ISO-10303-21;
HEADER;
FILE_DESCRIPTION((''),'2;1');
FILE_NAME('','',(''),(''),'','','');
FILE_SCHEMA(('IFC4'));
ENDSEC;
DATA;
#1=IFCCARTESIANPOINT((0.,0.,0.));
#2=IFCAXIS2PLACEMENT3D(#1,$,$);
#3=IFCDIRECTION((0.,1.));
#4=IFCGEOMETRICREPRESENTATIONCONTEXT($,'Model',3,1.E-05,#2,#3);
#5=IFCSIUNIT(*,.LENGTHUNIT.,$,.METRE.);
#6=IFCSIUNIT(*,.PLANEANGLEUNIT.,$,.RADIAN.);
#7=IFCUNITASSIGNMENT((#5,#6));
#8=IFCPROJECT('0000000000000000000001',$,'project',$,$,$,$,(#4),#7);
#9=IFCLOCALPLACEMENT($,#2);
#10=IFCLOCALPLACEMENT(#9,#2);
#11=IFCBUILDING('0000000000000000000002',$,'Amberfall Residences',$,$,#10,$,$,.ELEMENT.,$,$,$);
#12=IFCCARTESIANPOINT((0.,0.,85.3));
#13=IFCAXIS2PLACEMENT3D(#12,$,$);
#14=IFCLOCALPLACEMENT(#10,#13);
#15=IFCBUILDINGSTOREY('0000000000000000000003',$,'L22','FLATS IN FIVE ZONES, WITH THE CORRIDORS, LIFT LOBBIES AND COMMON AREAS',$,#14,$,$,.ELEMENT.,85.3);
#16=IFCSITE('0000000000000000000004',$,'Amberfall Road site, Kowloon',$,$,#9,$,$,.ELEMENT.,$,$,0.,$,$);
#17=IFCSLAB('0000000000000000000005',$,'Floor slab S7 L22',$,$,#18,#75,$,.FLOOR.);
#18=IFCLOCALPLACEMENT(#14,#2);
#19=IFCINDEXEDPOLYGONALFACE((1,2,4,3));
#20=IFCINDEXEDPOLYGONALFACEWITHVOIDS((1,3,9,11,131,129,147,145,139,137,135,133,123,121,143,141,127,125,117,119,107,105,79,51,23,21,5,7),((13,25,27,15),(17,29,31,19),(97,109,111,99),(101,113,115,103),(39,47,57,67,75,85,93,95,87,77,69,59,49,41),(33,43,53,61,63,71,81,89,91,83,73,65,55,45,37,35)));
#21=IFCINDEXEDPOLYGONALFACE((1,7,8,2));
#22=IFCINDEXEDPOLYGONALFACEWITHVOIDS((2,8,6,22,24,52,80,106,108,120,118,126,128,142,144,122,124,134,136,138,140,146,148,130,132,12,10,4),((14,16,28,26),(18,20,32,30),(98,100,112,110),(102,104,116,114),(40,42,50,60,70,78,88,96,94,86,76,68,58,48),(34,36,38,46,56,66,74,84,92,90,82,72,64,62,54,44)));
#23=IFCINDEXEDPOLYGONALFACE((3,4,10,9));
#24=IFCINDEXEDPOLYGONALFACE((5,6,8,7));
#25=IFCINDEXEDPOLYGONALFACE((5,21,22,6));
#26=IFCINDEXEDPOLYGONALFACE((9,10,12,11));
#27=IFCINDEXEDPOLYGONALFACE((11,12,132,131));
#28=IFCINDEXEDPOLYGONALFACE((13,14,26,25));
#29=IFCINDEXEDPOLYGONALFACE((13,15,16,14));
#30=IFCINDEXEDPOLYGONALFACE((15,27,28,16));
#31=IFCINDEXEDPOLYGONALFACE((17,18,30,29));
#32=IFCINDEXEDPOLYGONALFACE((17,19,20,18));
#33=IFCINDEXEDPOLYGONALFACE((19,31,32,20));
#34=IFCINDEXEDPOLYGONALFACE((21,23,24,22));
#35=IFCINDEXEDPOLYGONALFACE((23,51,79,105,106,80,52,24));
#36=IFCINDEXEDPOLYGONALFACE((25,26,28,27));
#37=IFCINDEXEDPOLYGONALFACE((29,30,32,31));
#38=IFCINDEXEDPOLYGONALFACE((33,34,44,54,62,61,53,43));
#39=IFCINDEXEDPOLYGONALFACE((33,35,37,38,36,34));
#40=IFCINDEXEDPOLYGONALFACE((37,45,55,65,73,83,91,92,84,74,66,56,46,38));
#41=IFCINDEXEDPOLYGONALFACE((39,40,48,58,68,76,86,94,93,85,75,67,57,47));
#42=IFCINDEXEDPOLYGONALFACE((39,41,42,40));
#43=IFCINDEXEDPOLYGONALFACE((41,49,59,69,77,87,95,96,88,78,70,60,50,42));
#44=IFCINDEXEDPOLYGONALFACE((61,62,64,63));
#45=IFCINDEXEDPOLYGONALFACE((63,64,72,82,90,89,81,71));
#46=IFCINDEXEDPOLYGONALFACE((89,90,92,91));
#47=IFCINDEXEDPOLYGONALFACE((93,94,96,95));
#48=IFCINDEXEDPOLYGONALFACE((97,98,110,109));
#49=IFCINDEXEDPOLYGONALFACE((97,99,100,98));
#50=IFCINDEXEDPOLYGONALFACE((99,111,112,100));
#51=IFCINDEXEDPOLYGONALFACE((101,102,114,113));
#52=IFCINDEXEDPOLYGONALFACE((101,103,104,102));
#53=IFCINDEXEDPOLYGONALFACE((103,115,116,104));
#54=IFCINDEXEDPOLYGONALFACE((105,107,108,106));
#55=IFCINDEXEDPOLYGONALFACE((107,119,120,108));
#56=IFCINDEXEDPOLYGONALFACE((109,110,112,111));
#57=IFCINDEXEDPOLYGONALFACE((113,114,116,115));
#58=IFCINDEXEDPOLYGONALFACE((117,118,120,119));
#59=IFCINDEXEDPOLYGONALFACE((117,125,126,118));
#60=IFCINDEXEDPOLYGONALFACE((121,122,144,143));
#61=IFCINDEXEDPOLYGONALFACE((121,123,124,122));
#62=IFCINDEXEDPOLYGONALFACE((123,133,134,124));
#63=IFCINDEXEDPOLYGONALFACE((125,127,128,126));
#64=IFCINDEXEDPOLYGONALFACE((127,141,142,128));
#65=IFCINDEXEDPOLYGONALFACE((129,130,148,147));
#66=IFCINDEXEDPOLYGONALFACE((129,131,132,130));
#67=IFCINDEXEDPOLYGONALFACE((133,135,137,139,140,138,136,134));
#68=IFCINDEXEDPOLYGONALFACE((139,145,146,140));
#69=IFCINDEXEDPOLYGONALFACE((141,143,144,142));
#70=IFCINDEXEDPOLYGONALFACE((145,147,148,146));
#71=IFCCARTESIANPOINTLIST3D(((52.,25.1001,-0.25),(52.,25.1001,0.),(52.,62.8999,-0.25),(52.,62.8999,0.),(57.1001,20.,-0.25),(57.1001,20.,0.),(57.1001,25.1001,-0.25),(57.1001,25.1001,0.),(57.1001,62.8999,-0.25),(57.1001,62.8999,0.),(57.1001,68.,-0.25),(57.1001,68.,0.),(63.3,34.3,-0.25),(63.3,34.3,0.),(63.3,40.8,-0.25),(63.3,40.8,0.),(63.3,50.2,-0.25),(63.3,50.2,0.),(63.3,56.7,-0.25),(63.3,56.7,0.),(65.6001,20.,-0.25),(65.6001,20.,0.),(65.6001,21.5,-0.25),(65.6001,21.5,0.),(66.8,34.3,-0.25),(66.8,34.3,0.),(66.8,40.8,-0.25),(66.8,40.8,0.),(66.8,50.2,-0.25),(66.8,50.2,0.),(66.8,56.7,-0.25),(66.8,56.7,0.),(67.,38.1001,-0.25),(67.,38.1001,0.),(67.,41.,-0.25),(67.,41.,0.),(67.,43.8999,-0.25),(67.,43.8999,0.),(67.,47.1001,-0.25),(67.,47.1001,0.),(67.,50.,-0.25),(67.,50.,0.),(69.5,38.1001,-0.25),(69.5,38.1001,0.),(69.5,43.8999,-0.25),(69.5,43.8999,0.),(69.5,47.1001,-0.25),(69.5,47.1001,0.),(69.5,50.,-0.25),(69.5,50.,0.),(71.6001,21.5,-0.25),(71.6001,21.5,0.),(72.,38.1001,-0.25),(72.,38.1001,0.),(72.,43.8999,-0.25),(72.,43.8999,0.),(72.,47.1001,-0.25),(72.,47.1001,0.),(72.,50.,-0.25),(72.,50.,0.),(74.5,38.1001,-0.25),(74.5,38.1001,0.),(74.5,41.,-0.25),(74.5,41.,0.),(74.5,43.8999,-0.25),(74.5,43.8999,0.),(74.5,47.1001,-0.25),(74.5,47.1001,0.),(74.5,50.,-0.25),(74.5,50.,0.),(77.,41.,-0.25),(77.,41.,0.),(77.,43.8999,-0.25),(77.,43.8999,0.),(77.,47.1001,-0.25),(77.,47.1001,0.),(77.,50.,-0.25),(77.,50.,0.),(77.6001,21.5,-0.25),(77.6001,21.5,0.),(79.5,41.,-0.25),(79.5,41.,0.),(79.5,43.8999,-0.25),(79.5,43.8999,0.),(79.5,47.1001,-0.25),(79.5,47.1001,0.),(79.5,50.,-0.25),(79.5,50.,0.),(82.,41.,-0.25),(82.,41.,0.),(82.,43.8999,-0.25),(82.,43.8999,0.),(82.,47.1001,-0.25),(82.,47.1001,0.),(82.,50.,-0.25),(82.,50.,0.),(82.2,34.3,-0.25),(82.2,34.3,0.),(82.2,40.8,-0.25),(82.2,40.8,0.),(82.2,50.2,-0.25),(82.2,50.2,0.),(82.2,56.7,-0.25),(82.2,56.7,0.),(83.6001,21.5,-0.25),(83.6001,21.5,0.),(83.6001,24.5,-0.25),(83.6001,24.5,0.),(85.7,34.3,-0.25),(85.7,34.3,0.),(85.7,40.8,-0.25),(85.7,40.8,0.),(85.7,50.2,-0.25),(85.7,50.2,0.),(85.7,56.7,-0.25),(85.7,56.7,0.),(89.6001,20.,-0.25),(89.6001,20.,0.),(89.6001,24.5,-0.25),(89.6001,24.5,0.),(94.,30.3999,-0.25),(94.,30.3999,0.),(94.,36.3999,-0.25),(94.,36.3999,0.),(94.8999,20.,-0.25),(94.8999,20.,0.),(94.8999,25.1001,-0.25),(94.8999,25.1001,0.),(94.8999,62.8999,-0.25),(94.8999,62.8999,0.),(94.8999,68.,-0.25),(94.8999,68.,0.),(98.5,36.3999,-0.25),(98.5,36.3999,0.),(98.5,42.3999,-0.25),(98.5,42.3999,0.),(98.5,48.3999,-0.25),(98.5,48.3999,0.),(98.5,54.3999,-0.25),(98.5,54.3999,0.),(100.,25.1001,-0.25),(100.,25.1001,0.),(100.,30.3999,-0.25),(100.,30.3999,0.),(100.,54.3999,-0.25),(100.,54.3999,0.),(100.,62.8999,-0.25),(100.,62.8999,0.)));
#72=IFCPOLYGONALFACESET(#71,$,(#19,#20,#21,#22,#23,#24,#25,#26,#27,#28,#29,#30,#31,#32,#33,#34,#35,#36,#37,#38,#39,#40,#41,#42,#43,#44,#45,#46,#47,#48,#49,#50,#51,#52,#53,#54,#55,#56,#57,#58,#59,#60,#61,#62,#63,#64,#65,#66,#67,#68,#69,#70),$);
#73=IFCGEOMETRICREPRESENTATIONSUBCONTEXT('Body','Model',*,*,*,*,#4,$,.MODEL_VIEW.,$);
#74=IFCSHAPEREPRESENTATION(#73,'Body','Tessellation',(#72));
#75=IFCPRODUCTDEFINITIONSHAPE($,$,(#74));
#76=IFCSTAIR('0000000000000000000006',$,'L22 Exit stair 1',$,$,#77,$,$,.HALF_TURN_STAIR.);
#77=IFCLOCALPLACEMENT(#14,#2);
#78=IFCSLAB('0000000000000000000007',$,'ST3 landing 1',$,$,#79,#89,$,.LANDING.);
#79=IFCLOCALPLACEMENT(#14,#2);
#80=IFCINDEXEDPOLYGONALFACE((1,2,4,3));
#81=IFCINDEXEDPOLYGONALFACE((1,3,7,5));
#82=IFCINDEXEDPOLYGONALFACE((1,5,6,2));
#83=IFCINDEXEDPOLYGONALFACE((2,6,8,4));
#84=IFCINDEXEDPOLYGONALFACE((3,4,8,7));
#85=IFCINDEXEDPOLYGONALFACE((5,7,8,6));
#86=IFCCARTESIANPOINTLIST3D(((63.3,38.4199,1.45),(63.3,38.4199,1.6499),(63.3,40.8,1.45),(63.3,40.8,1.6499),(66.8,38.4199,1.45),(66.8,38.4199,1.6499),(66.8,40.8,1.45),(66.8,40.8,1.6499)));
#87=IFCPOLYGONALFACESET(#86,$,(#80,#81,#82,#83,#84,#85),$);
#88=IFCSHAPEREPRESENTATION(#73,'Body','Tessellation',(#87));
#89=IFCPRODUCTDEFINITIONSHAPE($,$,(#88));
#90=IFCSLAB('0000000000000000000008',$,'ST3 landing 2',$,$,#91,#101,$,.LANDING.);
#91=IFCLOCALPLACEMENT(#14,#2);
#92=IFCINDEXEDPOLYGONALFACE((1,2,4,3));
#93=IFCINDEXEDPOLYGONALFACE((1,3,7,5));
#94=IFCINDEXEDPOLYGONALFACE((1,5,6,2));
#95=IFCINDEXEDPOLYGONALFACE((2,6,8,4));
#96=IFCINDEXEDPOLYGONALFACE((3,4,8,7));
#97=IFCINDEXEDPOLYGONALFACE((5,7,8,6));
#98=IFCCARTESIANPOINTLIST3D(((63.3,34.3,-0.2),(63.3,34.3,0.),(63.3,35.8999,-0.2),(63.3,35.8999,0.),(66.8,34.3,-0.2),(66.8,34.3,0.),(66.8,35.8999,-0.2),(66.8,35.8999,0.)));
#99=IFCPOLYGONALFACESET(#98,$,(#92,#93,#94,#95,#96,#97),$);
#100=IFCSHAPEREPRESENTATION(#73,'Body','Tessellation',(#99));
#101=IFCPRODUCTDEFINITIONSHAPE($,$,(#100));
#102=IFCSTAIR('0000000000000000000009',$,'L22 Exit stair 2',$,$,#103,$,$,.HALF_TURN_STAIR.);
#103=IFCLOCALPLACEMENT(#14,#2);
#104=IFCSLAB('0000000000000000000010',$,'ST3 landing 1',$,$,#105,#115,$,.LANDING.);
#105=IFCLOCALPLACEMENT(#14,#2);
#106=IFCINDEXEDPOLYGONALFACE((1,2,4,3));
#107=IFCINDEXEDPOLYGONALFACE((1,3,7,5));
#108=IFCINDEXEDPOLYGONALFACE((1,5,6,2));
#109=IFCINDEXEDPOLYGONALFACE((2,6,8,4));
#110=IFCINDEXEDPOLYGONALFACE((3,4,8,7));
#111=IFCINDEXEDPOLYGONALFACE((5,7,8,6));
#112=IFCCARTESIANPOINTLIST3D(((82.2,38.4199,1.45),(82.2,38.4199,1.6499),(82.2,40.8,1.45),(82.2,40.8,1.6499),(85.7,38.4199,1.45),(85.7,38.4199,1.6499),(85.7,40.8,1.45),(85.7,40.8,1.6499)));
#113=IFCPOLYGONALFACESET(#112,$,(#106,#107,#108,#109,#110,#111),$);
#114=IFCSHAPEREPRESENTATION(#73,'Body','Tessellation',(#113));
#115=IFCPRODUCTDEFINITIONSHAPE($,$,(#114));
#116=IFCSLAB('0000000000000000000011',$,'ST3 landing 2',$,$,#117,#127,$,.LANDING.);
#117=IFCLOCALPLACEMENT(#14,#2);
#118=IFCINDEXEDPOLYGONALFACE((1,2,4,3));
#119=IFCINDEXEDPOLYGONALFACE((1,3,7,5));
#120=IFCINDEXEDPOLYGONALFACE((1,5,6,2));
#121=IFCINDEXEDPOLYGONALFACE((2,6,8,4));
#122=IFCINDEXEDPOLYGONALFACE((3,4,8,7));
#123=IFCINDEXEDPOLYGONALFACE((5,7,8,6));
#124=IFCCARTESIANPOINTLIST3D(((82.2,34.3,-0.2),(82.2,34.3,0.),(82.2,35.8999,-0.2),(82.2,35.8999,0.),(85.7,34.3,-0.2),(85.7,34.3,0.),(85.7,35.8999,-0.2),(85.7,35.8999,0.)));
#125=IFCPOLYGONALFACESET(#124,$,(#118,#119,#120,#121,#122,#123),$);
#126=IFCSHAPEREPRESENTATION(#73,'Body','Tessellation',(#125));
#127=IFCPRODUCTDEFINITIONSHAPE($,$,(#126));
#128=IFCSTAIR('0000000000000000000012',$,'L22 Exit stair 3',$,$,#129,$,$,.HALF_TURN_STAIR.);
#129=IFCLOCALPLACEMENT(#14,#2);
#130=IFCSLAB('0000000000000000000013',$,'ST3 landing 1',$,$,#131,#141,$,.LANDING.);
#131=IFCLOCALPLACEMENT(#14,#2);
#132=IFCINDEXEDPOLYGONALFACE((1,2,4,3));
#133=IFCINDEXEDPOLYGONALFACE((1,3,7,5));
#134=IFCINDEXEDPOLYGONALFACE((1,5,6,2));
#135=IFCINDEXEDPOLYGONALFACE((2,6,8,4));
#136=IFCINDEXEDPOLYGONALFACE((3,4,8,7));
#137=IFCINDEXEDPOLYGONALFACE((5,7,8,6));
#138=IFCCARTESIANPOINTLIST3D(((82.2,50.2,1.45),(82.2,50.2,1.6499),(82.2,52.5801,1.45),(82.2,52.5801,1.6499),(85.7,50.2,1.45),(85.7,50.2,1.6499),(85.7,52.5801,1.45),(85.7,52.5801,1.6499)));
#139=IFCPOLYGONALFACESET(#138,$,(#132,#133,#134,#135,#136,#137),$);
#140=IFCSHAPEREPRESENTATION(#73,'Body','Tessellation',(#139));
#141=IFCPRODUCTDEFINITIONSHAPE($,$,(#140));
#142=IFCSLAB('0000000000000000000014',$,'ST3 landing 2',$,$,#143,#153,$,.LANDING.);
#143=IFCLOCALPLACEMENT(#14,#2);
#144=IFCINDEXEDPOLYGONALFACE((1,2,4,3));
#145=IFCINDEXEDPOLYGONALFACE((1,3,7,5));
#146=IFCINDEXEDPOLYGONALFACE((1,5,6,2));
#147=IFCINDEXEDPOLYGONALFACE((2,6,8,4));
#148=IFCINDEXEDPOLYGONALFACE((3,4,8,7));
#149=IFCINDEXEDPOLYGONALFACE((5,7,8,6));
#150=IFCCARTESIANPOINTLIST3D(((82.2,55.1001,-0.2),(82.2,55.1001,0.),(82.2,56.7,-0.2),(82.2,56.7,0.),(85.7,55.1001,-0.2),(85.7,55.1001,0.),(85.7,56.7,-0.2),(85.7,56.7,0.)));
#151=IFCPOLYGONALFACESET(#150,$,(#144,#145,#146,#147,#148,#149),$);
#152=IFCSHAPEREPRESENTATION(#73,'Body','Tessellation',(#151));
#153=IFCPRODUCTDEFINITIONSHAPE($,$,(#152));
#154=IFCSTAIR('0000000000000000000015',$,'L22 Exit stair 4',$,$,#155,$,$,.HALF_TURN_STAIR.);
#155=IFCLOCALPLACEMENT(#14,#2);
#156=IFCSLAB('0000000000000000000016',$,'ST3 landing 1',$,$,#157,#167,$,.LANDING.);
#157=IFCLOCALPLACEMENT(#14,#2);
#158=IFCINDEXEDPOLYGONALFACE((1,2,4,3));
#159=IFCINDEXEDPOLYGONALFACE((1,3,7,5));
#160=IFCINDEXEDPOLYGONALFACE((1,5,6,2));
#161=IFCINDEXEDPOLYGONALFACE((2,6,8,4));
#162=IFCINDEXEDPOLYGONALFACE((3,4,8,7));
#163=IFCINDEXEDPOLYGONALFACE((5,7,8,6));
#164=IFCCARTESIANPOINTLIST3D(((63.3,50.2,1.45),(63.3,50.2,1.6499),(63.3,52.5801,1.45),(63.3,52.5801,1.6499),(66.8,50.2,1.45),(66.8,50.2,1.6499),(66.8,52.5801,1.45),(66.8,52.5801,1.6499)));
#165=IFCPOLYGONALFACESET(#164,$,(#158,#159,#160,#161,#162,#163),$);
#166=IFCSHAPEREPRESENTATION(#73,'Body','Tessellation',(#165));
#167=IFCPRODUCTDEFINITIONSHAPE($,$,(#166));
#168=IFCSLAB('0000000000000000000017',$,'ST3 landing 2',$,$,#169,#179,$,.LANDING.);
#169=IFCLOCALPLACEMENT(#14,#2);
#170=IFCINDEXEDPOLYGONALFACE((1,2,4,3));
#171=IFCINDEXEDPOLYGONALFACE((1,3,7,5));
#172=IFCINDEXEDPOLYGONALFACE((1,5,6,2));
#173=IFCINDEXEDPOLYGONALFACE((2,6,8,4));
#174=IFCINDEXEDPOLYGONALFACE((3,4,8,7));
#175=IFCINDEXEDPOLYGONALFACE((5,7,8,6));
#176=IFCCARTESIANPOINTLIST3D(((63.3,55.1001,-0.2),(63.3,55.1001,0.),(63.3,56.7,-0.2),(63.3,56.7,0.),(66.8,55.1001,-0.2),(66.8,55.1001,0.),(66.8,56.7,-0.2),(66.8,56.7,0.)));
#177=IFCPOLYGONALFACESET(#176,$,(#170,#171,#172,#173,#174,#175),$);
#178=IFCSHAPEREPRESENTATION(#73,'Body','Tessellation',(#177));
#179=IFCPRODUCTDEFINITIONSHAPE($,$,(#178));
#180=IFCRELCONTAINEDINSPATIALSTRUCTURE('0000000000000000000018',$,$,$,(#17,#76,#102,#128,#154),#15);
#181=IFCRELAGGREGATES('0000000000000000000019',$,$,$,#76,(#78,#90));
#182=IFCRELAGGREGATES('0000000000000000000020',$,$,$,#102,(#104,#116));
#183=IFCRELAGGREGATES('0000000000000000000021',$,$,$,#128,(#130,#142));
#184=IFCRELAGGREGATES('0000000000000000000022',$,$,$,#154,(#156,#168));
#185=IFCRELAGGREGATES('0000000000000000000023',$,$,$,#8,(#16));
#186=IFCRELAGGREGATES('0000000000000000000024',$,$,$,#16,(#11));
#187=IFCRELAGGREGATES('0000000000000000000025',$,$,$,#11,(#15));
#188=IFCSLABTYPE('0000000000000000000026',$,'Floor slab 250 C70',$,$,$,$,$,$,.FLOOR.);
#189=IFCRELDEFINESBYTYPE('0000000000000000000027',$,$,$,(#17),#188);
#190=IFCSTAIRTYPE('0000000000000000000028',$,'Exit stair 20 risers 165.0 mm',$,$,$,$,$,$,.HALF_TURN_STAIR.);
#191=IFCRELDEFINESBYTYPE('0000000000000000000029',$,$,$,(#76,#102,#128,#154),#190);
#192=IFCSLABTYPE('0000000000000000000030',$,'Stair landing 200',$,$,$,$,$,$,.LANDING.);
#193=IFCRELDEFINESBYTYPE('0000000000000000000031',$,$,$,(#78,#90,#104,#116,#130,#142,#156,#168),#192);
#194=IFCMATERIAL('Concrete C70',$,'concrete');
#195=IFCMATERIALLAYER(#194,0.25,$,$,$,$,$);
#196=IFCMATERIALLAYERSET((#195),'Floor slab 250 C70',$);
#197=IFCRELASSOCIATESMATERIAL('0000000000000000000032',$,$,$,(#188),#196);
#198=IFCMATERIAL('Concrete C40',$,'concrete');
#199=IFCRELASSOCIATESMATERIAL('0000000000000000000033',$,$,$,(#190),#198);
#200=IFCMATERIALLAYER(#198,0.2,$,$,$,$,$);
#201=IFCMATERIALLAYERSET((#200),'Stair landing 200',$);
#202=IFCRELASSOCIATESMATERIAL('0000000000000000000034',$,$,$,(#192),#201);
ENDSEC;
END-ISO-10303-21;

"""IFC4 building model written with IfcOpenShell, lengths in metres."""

from ifc_helpers import new_model, si_unit, direction, frame, origin, place, context, subcontext, project, spatial, polyline, outline, extrude, material, layer, layer_set, type_object, element, aggregate, save


model = new_model("IFC4")

# Units and contexts
model_context = context("Model", 3, precision=1e-05, world=origin(), true_north=direction((0.0, 1.0)))
body_context = subcontext(model_context, "Body", "Model", "MODEL_VIEW")
ifc_project = project(units=[si_unit("LENGTHUNIT", "METRE"), si_unit("PLANEANGLEUNIT", "RADIAN")], contexts=[model_context])

# Site, building, storey
site_placement = place(None, origin())
site = spatial("IfcSite", under=ifc_project, at=site_placement, Name="Amberfall Road site, Kowloon", CompositionType="ELEMENT", RefElevation=0.0)
building_placement = place(site_placement, origin())
building = spatial("IfcBuilding", under=site, at=building_placement, Name="Amberfall Residences", CompositionType="ELEMENT")
storey_placement = place(building_placement, frame((0.0, 0.0, 85.3)))
storey = spatial("IfcBuildingStorey", under=building, at=storey_placement, Name="L22", Description="FLATS IN FIVE ZONES, WITH THE CORRIDORS, LIFT LOBBIES AND COMMON AREAS", CompositionType="ELEMENT", Elevation=85.3)

# Slab
ifc_material_1 = material(Name="Concrete C70", Category="concrete")
ifc_layer_1 = layer(ifc_material_1, 0.25)
ifc_layer_set_1 = layer_set([ifc_layer_1], Name="Floor slab 250 C70")
slab_type_1 = type_object("IfcSlabType", Name="Floor slab 250 C70", PredefinedType="FLOOR", material=ifc_layer_set_1)
slab_1_placement = place(storey_placement, frame((0.0, 0.0, -0.25)))
element("IfcSlab", 1, at=slab_1_placement, inside=storey, type_object=slab_type_1, Name="Floor slab S7 L22", PredefinedType="FLOOR", context=body_context, shape_type="SweptSolid", body=[
    extrude(outline(polyline([(89.6001, 20.0), (89.6001, 24.5), (83.6001, 24.5), (83.6001, 21.5), (77.6001, 21.5), (71.6001, 21.5), (65.6001, 21.5), (65.6001, 20.0), (57.1001, 20.0), (57.1001, 25.1001), (52.0, 25.1001), (52.0, 62.8999), (57.1001, 62.8999), (57.1001, 68.0), (94.8999, 68.0), (94.8999, 62.8999), (100.0, 62.8999), (100.0, 54.3999), (98.5, 54.3999), (98.5, 48.3999), (98.5, 42.3999), (98.5, 36.3999), (94.0, 36.3999), (94.0, 30.3999), (100.0, 30.3999), (100.0, 25.1001), (94.8999, 25.1001), (94.8999, 20.0), (89.6001, 20.0)]), holes=[polyline([(85.7, 34.3), (85.7, 40.8), (82.2, 40.8), (82.2, 34.3), (85.7, 34.3)]), polyline([(82.2, 50.2), (85.7, 50.2), (85.7, 56.7), (82.2, 56.7), (82.2, 50.2)]), polyline([(69.5, 50.0), (67.0, 50.0), (67.0, 47.1001), (69.5, 47.1001), (72.0, 47.1001), (74.5, 47.1001), (77.0, 47.1001), (79.5, 47.1001), (82.0, 47.1001), (82.0, 50.0), (79.5, 50.0), (77.0, 50.0), (74.5, 50.0), (72.0, 50.0), (69.5, 50.0)]), polyline([(74.5, 41.0), (77.0, 41.0), (79.5, 41.0), (82.0, 41.0), (82.0, 43.8999), (79.5, 43.8999), (77.0, 43.8999), (74.5, 43.8999), (72.0, 43.8999), (69.5, 43.8999), (67.0, 43.8999), (67.0, 41.0), (67.0, 38.1001), (69.5, 38.1001), (72.0, 38.1001), (74.5, 38.1001), (74.5, 41.0)]), polyline([(66.8, 34.3), (66.8, 40.8), (63.3, 40.8), (63.3, 34.3), (66.8, 34.3)]), polyline([(66.8, 50.2), (66.8, 56.7), (63.3, 56.7), (63.3, 50.2), (66.8, 50.2)])]), origin(), (0.0, 0.0, 1.0), 0.25),
])

# Stairs, slabs
ifc_material_2 = material(Name="Concrete C40", Category="concrete")
stair_type = type_object("IfcStairType", Name="Exit stair 20 risers 165.0 mm", PredefinedType="HALF_TURN_STAIR", material=ifc_material_2)
stair_1_placement = place(storey_placement, origin())
stair_1 = element("IfcStair", 2, at=stair_1_placement, inside=storey, type_object=stair_type, Name="L22 Exit stair 1", PredefinedType="HALF_TURN_STAIR")
ifc_layer_2 = layer(ifc_material_2, 0.2)
ifc_layer_set_2 = layer_set([ifc_layer_2], Name="Stair landing 200")
slab_type_2 = type_object("IfcSlabType", Name="Stair landing 200", PredefinedType="LANDING", material=ifc_layer_set_2)
slab_2_placement = place(storey_placement, frame((0.0, 0.0, 1.45)))
slab_2 = element("IfcSlab", 3, at=slab_2_placement, type_object=slab_type_2, Name="ST3 landing 1", PredefinedType="LANDING", context=body_context, shape_type="SweptSolid", body=[
    extrude(outline(polyline([(66.8, 38.4199), (66.8, 40.8), (63.3, 40.8), (63.3, 38.4199), (66.8, 38.4199)])), origin(), (0.0, 0.0, 1.0), 0.2),
])
slab_3_placement = place(storey_placement, frame((0.0, 0.0, -0.2)))
slab_3 = element("IfcSlab", 4, at=slab_3_placement, type_object=slab_type_2, Name="ST3 landing 2", PredefinedType="LANDING", context=body_context, shape_type="SweptSolid", body=[
    extrude(outline(polyline([(66.8, 34.3), (66.8, 35.8999), (63.3, 35.8999), (63.3, 34.3), (66.8, 34.3)])), origin(), (0.0, 0.0, 1.0), 0.2),
])
aggregate(stair_1, [slab_2, slab_3])
stair_2_placement = place(storey_placement, origin())
stair_2 = element("IfcStair", 5, at=stair_2_placement, inside=storey, type_object=stair_type, Name="L22 Exit stair 2", PredefinedType="HALF_TURN_STAIR")
slab_4_placement = place(storey_placement, frame((0.0, 0.0, 1.45)))
slab_4 = element("IfcSlab", 6, at=slab_4_placement, type_object=slab_type_2, Name="ST3 landing 1", PredefinedType="LANDING", context=body_context, shape_type="SweptSolid", body=[
    extrude(outline(polyline([(85.7, 38.4199), (85.7, 40.8), (82.2, 40.8), (82.2, 38.4199), (85.7, 38.4199)])), origin(), (0.0, 0.0, 1.0), 0.2),
])
slab_5_placement = place(storey_placement, frame((0.0, 0.0, -0.2)))
slab_5 = element("IfcSlab", 7, at=slab_5_placement, type_object=slab_type_2, Name="ST3 landing 2", PredefinedType="LANDING", context=body_context, shape_type="SweptSolid", body=[
    extrude(outline(polyline([(85.7, 34.3), (85.7, 35.8999), (82.2, 35.8999), (82.2, 34.3), (85.7, 34.3)])), origin(), (0.0, 0.0, 1.0), 0.2),
])
aggregate(stair_2, [slab_4, slab_5])
stair_3_placement = place(storey_placement, origin())
stair_3 = element("IfcStair", 8, at=stair_3_placement, inside=storey, type_object=stair_type, Name="L22 Exit stair 3", PredefinedType="HALF_TURN_STAIR")
slab_6_placement = place(storey_placement, frame((0.0, 0.0, 1.45)))
slab_6 = element("IfcSlab", 9, at=slab_6_placement, type_object=slab_type_2, Name="ST3 landing 1", PredefinedType="LANDING", context=body_context, shape_type="SweptSolid", body=[
    extrude(outline(polyline([(82.2, 52.5801), (82.2, 50.2), (85.7, 50.2), (85.7, 52.5801), (82.2, 52.5801)])), origin(), (0.0, 0.0, 1.0), 0.2),
])
slab_7_placement = place(storey_placement, frame((0.0, 0.0, -0.2)))
slab_7 = element("IfcSlab", 10, at=slab_7_placement, type_object=slab_type_2, Name="ST3 landing 2", PredefinedType="LANDING", context=body_context, shape_type="SweptSolid", body=[
    extrude(outline(polyline([(82.2, 56.7), (82.2, 55.1001), (85.7, 55.1001), (85.7, 56.7), (82.2, 56.7)])), origin(), (0.0, 0.0, 1.0), 0.2),
])
aggregate(stair_3, [slab_6, slab_7])
stair_4_placement = place(storey_placement, origin())
stair_4 = element("IfcStair", 11, at=stair_4_placement, inside=storey, type_object=stair_type, Name="L22 Exit stair 4", PredefinedType="HALF_TURN_STAIR")
slab_8_placement = place(storey_placement, frame((0.0, 0.0, 1.45)))
slab_8 = element("IfcSlab", 12, at=slab_8_placement, type_object=slab_type_2, Name="ST3 landing 1", PredefinedType="LANDING", context=body_context, shape_type="SweptSolid", body=[
    extrude(outline(polyline([(63.3, 52.5801), (63.3, 50.2), (66.8, 50.2), (66.8, 52.5801), (63.3, 52.5801)])), origin(), (0.0, 0.0, 1.0), 0.2),
])
slab_9_placement = place(storey_placement, frame((0.0, 0.0, -0.2)))
slab_9 = element("IfcSlab", 13, at=slab_9_placement, type_object=slab_type_2, Name="ST3 landing 2", PredefinedType="LANDING", context=body_context, shape_type="SweptSolid", body=[
    extrude(outline(polyline([(63.3, 56.7), (63.3, 55.1001), (66.8, 55.1001), (66.8, 56.7), (63.3, 56.7)])), origin(), (0.0, 0.0, 1.0), 0.2),
])
aggregate(stair_4, [slab_8, slab_9])

save(model, "model.ifc")
